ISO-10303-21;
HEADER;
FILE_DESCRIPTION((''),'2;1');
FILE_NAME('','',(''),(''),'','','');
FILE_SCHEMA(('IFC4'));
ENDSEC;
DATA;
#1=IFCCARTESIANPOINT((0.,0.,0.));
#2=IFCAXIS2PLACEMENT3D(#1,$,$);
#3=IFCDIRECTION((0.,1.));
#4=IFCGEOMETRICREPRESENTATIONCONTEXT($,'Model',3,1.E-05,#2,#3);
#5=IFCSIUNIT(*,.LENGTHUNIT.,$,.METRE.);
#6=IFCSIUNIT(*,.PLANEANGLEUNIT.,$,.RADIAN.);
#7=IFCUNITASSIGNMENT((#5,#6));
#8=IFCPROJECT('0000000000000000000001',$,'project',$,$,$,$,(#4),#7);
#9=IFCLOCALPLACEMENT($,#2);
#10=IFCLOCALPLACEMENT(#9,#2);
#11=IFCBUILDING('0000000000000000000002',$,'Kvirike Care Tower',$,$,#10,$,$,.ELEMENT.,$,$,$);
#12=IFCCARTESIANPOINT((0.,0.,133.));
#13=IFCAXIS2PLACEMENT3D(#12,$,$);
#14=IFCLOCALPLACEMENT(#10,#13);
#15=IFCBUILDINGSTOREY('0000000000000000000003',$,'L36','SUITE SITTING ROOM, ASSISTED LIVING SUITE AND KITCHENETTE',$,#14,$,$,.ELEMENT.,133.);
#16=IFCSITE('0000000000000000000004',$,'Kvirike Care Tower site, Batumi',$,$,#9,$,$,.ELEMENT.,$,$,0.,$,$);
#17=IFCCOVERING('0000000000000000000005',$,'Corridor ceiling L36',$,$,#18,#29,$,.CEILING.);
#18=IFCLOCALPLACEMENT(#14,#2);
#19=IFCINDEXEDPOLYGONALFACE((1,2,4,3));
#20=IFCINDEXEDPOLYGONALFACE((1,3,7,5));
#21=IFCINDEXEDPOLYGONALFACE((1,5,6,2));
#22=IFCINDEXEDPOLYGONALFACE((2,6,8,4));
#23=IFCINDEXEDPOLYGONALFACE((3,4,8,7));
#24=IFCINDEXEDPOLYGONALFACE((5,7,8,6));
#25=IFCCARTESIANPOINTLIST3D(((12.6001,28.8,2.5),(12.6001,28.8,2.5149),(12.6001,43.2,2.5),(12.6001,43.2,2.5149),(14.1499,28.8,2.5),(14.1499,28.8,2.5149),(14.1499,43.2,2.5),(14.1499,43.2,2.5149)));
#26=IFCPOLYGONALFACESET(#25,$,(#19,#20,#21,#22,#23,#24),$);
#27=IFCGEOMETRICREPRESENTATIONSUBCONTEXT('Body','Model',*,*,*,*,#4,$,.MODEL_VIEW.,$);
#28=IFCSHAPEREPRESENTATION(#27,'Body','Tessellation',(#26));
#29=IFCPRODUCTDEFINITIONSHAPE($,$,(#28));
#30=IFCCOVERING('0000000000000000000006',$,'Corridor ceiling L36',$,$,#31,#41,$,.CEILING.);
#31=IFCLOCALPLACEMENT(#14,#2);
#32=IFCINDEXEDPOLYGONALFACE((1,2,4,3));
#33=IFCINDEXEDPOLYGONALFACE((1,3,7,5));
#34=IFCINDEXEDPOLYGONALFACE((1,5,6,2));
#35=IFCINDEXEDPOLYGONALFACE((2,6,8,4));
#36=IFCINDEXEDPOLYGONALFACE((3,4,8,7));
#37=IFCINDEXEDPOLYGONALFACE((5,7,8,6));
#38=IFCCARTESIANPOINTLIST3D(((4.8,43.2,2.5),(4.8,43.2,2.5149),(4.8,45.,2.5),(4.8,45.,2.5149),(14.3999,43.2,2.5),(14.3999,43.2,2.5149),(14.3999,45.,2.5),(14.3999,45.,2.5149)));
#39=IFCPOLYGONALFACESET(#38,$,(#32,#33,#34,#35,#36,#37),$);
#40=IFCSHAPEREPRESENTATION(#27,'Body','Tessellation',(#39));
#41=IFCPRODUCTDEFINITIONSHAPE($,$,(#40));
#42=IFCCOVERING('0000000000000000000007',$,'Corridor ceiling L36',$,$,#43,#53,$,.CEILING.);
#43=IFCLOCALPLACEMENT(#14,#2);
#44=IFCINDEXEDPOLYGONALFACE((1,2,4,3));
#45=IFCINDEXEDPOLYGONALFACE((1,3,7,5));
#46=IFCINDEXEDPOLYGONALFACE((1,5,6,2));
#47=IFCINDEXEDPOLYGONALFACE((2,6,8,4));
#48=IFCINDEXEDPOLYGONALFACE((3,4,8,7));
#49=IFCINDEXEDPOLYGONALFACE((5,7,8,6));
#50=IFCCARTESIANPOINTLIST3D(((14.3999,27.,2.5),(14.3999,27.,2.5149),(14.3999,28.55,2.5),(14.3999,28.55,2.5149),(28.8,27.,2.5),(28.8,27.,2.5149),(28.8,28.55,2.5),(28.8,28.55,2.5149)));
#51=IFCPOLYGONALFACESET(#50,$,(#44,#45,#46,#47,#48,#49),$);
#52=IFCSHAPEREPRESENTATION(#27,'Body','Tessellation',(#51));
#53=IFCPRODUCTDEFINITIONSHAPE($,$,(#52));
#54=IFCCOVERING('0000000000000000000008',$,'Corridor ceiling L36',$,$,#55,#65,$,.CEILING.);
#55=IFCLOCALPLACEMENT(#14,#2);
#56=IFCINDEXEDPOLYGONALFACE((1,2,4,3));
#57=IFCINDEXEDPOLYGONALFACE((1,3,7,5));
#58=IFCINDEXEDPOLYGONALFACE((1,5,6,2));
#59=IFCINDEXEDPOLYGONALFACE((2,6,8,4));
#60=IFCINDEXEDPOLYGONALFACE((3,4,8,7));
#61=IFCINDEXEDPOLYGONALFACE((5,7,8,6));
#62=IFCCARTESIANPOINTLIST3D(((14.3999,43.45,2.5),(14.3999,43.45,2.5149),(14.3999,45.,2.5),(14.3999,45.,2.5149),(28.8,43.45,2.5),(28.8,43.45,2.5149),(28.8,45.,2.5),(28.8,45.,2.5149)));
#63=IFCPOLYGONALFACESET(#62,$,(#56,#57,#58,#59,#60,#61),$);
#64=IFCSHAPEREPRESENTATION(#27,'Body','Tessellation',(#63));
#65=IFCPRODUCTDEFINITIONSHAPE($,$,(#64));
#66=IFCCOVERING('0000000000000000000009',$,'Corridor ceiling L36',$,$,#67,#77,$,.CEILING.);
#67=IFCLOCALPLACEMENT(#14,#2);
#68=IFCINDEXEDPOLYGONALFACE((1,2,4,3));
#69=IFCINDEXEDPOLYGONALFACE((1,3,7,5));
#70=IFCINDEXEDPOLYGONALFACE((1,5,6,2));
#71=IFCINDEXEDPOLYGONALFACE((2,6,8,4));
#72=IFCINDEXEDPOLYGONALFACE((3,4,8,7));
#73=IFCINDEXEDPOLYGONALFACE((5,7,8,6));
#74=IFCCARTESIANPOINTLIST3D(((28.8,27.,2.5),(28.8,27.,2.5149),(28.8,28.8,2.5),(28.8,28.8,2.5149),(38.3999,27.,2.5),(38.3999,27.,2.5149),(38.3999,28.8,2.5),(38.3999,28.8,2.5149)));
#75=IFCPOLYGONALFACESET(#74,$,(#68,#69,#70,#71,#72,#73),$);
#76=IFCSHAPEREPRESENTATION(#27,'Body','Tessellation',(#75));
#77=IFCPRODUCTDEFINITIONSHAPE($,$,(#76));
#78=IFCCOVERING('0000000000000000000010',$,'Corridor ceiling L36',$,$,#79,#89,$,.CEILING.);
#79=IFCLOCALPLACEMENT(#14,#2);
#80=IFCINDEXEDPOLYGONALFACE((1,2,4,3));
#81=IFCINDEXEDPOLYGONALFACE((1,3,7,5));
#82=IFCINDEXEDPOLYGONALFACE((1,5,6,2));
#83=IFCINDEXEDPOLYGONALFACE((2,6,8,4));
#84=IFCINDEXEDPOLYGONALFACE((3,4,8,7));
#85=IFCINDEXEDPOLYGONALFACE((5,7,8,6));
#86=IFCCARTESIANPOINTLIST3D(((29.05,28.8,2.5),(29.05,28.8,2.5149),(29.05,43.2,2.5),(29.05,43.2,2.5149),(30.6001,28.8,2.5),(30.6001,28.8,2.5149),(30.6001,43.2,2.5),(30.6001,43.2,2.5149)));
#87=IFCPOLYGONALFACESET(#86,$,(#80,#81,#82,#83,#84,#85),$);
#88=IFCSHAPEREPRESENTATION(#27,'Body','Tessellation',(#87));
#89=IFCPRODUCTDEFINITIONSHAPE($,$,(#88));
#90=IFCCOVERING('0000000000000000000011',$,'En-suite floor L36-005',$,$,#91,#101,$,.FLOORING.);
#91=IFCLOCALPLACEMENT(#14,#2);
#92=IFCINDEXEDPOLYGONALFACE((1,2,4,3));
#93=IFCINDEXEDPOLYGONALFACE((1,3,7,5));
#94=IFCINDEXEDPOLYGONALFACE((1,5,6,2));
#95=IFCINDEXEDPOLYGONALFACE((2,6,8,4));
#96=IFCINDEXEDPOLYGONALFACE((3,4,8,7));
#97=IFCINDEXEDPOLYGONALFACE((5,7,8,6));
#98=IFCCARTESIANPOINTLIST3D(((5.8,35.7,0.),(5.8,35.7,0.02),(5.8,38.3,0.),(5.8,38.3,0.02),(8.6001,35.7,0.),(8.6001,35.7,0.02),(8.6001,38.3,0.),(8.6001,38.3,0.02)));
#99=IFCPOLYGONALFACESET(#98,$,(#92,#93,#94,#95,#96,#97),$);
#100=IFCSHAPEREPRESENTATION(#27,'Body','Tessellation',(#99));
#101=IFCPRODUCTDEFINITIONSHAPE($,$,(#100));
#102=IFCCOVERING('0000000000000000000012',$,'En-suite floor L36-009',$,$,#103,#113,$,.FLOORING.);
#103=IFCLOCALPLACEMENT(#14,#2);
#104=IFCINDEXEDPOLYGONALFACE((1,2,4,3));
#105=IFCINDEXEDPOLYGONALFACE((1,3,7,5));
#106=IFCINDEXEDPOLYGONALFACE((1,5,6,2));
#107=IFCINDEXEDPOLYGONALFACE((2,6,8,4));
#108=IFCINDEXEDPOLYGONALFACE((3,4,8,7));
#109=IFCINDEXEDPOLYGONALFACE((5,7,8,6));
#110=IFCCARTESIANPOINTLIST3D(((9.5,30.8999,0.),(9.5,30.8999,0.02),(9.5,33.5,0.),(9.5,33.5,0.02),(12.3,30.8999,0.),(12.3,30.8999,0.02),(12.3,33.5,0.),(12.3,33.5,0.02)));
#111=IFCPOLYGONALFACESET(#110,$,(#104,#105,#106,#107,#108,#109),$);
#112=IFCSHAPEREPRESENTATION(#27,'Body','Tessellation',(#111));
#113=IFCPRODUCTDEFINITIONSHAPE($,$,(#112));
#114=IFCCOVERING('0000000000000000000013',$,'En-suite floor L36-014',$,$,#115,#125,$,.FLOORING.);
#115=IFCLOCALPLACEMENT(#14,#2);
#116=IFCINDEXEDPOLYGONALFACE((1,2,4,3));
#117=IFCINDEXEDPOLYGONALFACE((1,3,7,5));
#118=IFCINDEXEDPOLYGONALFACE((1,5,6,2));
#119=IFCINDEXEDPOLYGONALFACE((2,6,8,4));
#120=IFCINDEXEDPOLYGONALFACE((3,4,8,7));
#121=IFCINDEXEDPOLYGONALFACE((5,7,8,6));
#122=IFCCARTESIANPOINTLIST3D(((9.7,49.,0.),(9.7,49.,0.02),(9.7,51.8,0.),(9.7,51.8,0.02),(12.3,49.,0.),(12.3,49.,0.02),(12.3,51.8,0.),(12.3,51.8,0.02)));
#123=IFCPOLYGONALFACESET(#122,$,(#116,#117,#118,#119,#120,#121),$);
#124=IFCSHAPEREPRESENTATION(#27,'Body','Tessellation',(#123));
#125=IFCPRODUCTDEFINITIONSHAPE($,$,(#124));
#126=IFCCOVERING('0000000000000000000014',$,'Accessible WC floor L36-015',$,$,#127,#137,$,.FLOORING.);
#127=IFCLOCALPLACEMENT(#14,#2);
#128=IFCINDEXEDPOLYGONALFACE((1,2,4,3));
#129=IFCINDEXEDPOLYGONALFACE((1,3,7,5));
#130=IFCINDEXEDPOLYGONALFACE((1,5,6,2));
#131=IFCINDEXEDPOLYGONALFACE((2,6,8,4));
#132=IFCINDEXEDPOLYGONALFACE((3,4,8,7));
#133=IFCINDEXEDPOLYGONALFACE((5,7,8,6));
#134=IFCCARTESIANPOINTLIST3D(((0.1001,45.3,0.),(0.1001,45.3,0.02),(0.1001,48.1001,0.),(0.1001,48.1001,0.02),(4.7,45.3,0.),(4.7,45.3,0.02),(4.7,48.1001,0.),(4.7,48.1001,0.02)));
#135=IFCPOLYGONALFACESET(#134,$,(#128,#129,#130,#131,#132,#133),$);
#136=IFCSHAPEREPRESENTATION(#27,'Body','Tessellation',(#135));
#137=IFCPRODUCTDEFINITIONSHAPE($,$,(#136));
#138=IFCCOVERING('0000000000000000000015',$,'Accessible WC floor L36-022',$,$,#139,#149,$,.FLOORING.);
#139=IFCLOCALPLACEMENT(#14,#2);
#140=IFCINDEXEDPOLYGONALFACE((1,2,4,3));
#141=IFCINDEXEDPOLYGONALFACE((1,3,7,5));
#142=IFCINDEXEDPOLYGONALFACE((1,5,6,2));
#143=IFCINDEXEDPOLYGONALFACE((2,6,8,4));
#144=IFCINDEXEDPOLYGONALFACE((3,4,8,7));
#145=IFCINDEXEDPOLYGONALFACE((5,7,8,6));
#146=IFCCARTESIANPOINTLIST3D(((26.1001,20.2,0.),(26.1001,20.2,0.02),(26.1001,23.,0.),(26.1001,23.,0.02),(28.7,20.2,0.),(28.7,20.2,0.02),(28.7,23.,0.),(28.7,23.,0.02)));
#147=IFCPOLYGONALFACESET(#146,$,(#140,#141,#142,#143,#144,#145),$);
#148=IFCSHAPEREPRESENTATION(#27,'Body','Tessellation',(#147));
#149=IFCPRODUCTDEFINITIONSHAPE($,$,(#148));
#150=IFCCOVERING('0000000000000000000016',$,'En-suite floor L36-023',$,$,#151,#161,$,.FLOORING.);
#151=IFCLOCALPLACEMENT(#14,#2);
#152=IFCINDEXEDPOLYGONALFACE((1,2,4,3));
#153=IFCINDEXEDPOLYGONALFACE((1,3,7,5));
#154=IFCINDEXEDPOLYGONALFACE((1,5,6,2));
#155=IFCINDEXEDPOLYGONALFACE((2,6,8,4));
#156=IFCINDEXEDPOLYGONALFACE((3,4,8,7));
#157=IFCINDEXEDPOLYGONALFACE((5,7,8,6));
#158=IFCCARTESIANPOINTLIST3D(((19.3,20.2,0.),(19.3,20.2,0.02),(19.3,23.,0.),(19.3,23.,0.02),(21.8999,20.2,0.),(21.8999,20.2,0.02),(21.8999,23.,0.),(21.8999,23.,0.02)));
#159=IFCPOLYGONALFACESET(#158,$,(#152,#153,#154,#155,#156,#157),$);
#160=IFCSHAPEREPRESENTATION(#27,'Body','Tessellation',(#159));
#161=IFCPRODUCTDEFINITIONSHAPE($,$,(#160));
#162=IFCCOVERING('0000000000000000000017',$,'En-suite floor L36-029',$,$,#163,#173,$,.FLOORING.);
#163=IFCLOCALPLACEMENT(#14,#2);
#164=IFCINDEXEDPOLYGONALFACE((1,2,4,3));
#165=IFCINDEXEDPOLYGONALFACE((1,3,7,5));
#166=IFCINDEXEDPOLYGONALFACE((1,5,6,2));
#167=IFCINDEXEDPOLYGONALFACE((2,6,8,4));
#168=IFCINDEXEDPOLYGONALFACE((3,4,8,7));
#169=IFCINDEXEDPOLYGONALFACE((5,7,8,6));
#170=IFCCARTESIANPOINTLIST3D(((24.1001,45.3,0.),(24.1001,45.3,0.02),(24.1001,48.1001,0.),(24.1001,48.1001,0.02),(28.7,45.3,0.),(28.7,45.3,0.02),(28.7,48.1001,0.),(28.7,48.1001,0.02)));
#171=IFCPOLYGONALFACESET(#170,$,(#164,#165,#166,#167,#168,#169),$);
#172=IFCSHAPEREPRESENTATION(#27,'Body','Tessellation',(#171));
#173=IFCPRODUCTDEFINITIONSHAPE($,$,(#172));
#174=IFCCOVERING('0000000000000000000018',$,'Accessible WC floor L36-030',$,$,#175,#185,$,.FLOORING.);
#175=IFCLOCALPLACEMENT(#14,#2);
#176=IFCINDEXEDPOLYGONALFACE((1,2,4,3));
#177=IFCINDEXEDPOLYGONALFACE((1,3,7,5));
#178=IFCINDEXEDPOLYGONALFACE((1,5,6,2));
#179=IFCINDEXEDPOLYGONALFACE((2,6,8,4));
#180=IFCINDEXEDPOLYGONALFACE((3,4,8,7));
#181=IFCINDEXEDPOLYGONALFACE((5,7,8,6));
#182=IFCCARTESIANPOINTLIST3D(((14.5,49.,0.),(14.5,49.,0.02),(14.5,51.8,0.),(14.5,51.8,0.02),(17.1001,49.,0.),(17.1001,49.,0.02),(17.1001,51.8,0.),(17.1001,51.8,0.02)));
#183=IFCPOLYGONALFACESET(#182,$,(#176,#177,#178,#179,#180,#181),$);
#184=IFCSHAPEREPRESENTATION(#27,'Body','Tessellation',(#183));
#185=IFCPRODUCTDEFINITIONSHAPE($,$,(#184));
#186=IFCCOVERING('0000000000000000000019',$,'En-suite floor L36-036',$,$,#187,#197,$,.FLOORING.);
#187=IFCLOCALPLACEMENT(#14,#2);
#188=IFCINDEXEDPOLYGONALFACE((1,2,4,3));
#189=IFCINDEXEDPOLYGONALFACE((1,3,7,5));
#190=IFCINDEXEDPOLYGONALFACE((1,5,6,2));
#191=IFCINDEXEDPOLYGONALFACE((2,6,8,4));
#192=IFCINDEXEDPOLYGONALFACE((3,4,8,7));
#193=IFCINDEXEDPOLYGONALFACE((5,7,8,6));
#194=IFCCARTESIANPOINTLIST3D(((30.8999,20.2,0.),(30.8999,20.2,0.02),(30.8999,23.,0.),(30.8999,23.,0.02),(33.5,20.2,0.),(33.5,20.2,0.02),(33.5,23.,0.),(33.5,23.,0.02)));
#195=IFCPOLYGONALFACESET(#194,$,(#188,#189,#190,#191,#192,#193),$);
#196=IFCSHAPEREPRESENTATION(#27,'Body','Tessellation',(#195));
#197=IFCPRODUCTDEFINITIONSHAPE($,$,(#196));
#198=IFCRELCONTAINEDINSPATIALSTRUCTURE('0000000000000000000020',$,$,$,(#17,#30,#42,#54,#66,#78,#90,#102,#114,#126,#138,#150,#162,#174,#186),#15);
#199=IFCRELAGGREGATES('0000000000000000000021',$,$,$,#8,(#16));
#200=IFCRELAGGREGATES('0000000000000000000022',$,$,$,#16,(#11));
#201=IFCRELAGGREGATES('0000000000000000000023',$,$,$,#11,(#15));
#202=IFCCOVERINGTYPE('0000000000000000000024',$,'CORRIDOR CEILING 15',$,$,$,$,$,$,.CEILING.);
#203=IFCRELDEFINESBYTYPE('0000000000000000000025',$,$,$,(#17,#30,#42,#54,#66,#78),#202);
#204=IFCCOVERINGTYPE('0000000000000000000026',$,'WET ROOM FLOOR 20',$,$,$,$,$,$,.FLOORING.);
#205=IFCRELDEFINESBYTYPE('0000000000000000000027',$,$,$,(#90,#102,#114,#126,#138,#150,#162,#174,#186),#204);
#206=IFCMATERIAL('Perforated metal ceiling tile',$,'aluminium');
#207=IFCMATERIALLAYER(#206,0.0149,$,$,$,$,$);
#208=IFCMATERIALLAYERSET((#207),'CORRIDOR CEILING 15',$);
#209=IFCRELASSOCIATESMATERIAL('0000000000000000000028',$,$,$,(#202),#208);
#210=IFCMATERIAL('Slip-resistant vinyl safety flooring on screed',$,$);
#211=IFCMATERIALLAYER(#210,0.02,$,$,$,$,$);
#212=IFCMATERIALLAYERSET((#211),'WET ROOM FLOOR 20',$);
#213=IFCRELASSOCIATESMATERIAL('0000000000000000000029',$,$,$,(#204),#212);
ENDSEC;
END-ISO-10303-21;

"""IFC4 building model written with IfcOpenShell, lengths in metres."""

from ifc_helpers import new_model, si_unit, direction, frame, origin, place, context, subcontext, project, spatial, polyline, outline, extrude, material, layer, layer_set, type_object, element, save


model = new_model("IFC4")

# Units and contexts
model_context = context("Model", 3, precision=1e-05, world=origin(), true_north=direction((0.0, 1.0)))
body_context = subcontext(model_context, "Body", "Model", "MODEL_VIEW")
ifc_project = project(units=[si_unit("LENGTHUNIT", "METRE"), si_unit("PLANEANGLEUNIT", "RADIAN")], contexts=[model_context])

# Site, building, storey
site_placement = place(None, origin())
site = spatial("IfcSite", under=ifc_project, at=site_placement, Name="Kvirike Care Tower site, Batumi", CompositionType="ELEMENT", RefElevation=0.0)
building_placement = place(site_placement, origin())
building = spatial("IfcBuilding", under=site, at=building_placement, Name="Kvirike Care Tower", CompositionType="ELEMENT")
storey_placement = place(building_placement, frame((0.0, 0.0, 133.0)))
storey = spatial("IfcBuildingStorey", under=building, at=storey_placement, Name="L36", Description="SUITE SITTING ROOM, ASSISTED LIVING SUITE AND KITCHENETTE", CompositionType="ELEMENT", Elevation=133.0)

# Coverings
ifc_material_1 = material(Name="Perforated metal ceiling tile", Category="aluminium")
ifc_layer_1 = layer(ifc_material_1, 0.0149)
ifc_layer_set_1 = layer_set([ifc_layer_1], Name="CORRIDOR CEILING 15")
covering_type_1 = type_object("IfcCoveringType", Name="CORRIDOR CEILING 15", PredefinedType="CEILING", material=ifc_layer_set_1)
covering_1_placement = place(storey_placement, frame((0.0, 0.0, 2.5)))
element("IfcCovering", 1, at=covering_1_placement, inside=storey, type_object=covering_type_1, Name="Corridor ceiling L36", PredefinedType="CEILING", context=body_context, shape_type="SweptSolid", body=[
    extrude(outline(polyline([(12.6001, 43.2), (14.1499, 43.2), (14.1499, 28.8), (12.6001, 28.8), (12.6001, 43.2)])), origin(), (0.0, 0.0, 1.0), 0.0149),
])
covering_2_placement = place(storey_placement, frame((0.0, 0.0, 2.5)))
element("IfcCovering", 2, at=covering_2_placement, inside=storey, type_object=covering_type_1, Name="Corridor ceiling L36", PredefinedType="CEILING", context=body_context, shape_type="SweptSolid", body=[
    extrude(outline(polyline([(14.3999, 45.0), (14.3999, 43.2), (4.8, 43.2), (4.8, 45.0), (14.3999, 45.0)])), origin(), (0.0, 0.0, 1.0), 0.0149),
])
covering_3_placement = place(storey_placement, frame((0.0, 0.0, 2.5)))
element("IfcCovering", 3, at=covering_3_placement, inside=storey, type_object=covering_type_1, Name="Corridor ceiling L36", PredefinedType="CEILING", context=body_context, shape_type="SweptSolid", body=[
    extrude(outline(polyline([(14.3999, 27.0), (14.3999, 28.55), (28.8, 28.55), (28.8, 27.0), (14.3999, 27.0)])), origin(), (0.0, 0.0, 1.0), 0.0149),
])
covering_4_placement = place(storey_placement, frame((0.0, 0.0, 2.5)))
element("IfcCovering", 4, at=covering_4_placement, inside=storey, type_object=covering_type_1, Name="Corridor ceiling L36", PredefinedType="CEILING", context=body_context, shape_type="SweptSolid", body=[
    extrude(outline(polyline([(28.8, 45.0), (28.8, 43.45), (14.3999, 43.45), (14.3999, 45.0), (28.8, 45.0)])), origin(), (0.0, 0.0, 1.0), 0.0149),
])
covering_5_placement = place(storey_placement, frame((0.0, 0.0, 2.5)))
element("IfcCovering", 5, at=covering_5_placement, inside=storey, type_object=covering_type_1, Name="Corridor ceiling L36", PredefinedType="CEILING", context=body_context, shape_type="SweptSolid", body=[
    extrude(outline(polyline([(28.8, 27.0), (28.8, 28.8), (38.3999, 28.8), (38.3999, 27.0), (28.8, 27.0)])), origin(), (0.0, 0.0, 1.0), 0.0149),
])
covering_6_placement = place(storey_placement, frame((0.0, 0.0, 2.5)))
element("IfcCovering", 6, at=covering_6_placement, inside=storey, type_object=covering_type_1, Name="Corridor ceiling L36", PredefinedType="CEILING", context=body_context, shape_type="SweptSolid", body=[
    extrude(outline(polyline([(30.6001, 28.8), (29.05, 28.8), (29.05, 43.2), (30.6001, 43.2), (30.6001, 28.8)])), origin(), (0.0, 0.0, 1.0), 0.0149),
])
ifc_material_2 = material(Name="Slip-resistant vinyl safety flooring on screed")
ifc_layer_2 = layer(ifc_material_2, 0.02)
ifc_layer_set_2 = layer_set([ifc_layer_2], Name="WET ROOM FLOOR 20")
covering_type_2 = type_object("IfcCoveringType", Name="WET ROOM FLOOR 20", PredefinedType="FLOORING", material=ifc_layer_set_2)
covering_7_placement = place(storey_placement, origin())
element("IfcCovering", 7, at=covering_7_placement, inside=storey, type_object=covering_type_2, Name="En-suite floor L36-005", PredefinedType="FLOORING", context=body_context, shape_type="SweptSolid", body=[
    extrude(outline(polyline([(5.8, 38.3), (8.6001, 38.3), (8.6001, 35.7), (5.8, 35.7), (5.8, 38.3)])), origin(), (0.0, 0.0, 1.0), 0.02),
])
covering_8_placement = place(storey_placement, origin())
element("IfcCovering", 8, at=covering_8_placement, inside=storey, type_object=covering_type_2, Name="En-suite floor L36-009", PredefinedType="FLOORING", context=body_context, shape_type="SweptSolid", body=[
    extrude(outline(polyline([(9.5, 33.5), (12.3, 33.5), (12.3, 30.8999), (9.5, 30.8999), (9.5, 33.5)])), origin(), (0.0, 0.0, 1.0), 0.02),
])
covering_9_placement = place(storey_placement, origin())
element("IfcCovering", 9, at=covering_9_placement, inside=storey, type_object=covering_type_2, Name="En-suite floor L36-014", PredefinedType="FLOORING", context=body_context, shape_type="SweptSolid", body=[
    extrude(outline(polyline([(12.3, 51.8), (12.3, 49.0), (9.7, 49.0), (9.7, 51.8), (12.3, 51.8)])), origin(), (0.0, 0.0, 1.0), 0.02),
])
covering_10_placement = place(storey_placement, origin())
element("IfcCovering", 10, at=covering_10_placement, inside=storey, type_object=covering_type_2, Name="Accessible WC floor L36-015", PredefinedType="FLOORING", context=body_context, shape_type="SweptSolid", body=[
    extrude(outline(polyline([(4.7, 48.1001), (4.7, 45.3), (0.1001, 45.3), (0.1001, 48.1001), (4.7, 48.1001)])), origin(), (0.0, 0.0, 1.0), 0.02),
])
covering_11_placement = place(storey_placement, origin())
element("IfcCovering", 11, at=covering_11_placement, inside=storey, type_object=covering_type_2, Name="Accessible WC floor L36-022", PredefinedType="FLOORING", context=body_context, shape_type="SweptSolid", body=[
    extrude(outline(polyline([(26.1001, 20.2), (26.1001, 23.0), (28.7, 23.0), (28.7, 20.2), (26.1001, 20.2)])), origin(), (0.0, 0.0, 1.0), 0.02),
])
covering_12_placement = place(storey_placement, origin())
element("IfcCovering", 12, at=covering_12_placement, inside=storey, type_object=covering_type_2, Name="En-suite floor L36-023", PredefinedType="FLOORING", context=body_context, shape_type="SweptSolid", body=[
    extrude(outline(polyline([(19.3, 20.2), (19.3, 23.0), (21.8999, 23.0), (21.8999, 20.2), (19.3, 20.2)])), origin(), (0.0, 0.0, 1.0), 0.02),
])
covering_13_placement = place(storey_placement, origin())
element("IfcCovering", 13, at=covering_13_placement, inside=storey, type_object=covering_type_2, Name="En-suite floor L36-029", PredefinedType="FLOORING", context=body_context, shape_type="SweptSolid", body=[
    extrude(outline(polyline([(28.7, 48.1001), (28.7, 45.3), (24.1001, 45.3), (24.1001, 48.1001), (28.7, 48.1001)])), origin(), (0.0, 0.0, 1.0), 0.02),
])
covering_14_placement = place(storey_placement, origin())
element("IfcCovering", 14, at=covering_14_placement, inside=storey, type_object=covering_type_2, Name="Accessible WC floor L36-030", PredefinedType="FLOORING", context=body_context, shape_type="SweptSolid", body=[
    extrude(outline(polyline([(17.1001, 51.8), (17.1001, 49.0), (14.5, 49.0), (14.5, 51.8), (17.1001, 51.8)])), origin(), (0.0, 0.0, 1.0), 0.02),
])
covering_15_placement = place(storey_placement, origin())
element("IfcCovering", 15, at=covering_15_placement, inside=storey, type_object=covering_type_2, Name="En-suite floor L36-036", PredefinedType="FLOORING", context=body_context, shape_type="SweptSolid", body=[
    extrude(outline(polyline([(30.8999, 20.2), (30.8999, 23.0), (33.5, 23.0), (33.5, 20.2), (30.8999, 20.2)])), origin(), (0.0, 0.0, 1.0), 0.02),
])

save(model, "model.ifc")
